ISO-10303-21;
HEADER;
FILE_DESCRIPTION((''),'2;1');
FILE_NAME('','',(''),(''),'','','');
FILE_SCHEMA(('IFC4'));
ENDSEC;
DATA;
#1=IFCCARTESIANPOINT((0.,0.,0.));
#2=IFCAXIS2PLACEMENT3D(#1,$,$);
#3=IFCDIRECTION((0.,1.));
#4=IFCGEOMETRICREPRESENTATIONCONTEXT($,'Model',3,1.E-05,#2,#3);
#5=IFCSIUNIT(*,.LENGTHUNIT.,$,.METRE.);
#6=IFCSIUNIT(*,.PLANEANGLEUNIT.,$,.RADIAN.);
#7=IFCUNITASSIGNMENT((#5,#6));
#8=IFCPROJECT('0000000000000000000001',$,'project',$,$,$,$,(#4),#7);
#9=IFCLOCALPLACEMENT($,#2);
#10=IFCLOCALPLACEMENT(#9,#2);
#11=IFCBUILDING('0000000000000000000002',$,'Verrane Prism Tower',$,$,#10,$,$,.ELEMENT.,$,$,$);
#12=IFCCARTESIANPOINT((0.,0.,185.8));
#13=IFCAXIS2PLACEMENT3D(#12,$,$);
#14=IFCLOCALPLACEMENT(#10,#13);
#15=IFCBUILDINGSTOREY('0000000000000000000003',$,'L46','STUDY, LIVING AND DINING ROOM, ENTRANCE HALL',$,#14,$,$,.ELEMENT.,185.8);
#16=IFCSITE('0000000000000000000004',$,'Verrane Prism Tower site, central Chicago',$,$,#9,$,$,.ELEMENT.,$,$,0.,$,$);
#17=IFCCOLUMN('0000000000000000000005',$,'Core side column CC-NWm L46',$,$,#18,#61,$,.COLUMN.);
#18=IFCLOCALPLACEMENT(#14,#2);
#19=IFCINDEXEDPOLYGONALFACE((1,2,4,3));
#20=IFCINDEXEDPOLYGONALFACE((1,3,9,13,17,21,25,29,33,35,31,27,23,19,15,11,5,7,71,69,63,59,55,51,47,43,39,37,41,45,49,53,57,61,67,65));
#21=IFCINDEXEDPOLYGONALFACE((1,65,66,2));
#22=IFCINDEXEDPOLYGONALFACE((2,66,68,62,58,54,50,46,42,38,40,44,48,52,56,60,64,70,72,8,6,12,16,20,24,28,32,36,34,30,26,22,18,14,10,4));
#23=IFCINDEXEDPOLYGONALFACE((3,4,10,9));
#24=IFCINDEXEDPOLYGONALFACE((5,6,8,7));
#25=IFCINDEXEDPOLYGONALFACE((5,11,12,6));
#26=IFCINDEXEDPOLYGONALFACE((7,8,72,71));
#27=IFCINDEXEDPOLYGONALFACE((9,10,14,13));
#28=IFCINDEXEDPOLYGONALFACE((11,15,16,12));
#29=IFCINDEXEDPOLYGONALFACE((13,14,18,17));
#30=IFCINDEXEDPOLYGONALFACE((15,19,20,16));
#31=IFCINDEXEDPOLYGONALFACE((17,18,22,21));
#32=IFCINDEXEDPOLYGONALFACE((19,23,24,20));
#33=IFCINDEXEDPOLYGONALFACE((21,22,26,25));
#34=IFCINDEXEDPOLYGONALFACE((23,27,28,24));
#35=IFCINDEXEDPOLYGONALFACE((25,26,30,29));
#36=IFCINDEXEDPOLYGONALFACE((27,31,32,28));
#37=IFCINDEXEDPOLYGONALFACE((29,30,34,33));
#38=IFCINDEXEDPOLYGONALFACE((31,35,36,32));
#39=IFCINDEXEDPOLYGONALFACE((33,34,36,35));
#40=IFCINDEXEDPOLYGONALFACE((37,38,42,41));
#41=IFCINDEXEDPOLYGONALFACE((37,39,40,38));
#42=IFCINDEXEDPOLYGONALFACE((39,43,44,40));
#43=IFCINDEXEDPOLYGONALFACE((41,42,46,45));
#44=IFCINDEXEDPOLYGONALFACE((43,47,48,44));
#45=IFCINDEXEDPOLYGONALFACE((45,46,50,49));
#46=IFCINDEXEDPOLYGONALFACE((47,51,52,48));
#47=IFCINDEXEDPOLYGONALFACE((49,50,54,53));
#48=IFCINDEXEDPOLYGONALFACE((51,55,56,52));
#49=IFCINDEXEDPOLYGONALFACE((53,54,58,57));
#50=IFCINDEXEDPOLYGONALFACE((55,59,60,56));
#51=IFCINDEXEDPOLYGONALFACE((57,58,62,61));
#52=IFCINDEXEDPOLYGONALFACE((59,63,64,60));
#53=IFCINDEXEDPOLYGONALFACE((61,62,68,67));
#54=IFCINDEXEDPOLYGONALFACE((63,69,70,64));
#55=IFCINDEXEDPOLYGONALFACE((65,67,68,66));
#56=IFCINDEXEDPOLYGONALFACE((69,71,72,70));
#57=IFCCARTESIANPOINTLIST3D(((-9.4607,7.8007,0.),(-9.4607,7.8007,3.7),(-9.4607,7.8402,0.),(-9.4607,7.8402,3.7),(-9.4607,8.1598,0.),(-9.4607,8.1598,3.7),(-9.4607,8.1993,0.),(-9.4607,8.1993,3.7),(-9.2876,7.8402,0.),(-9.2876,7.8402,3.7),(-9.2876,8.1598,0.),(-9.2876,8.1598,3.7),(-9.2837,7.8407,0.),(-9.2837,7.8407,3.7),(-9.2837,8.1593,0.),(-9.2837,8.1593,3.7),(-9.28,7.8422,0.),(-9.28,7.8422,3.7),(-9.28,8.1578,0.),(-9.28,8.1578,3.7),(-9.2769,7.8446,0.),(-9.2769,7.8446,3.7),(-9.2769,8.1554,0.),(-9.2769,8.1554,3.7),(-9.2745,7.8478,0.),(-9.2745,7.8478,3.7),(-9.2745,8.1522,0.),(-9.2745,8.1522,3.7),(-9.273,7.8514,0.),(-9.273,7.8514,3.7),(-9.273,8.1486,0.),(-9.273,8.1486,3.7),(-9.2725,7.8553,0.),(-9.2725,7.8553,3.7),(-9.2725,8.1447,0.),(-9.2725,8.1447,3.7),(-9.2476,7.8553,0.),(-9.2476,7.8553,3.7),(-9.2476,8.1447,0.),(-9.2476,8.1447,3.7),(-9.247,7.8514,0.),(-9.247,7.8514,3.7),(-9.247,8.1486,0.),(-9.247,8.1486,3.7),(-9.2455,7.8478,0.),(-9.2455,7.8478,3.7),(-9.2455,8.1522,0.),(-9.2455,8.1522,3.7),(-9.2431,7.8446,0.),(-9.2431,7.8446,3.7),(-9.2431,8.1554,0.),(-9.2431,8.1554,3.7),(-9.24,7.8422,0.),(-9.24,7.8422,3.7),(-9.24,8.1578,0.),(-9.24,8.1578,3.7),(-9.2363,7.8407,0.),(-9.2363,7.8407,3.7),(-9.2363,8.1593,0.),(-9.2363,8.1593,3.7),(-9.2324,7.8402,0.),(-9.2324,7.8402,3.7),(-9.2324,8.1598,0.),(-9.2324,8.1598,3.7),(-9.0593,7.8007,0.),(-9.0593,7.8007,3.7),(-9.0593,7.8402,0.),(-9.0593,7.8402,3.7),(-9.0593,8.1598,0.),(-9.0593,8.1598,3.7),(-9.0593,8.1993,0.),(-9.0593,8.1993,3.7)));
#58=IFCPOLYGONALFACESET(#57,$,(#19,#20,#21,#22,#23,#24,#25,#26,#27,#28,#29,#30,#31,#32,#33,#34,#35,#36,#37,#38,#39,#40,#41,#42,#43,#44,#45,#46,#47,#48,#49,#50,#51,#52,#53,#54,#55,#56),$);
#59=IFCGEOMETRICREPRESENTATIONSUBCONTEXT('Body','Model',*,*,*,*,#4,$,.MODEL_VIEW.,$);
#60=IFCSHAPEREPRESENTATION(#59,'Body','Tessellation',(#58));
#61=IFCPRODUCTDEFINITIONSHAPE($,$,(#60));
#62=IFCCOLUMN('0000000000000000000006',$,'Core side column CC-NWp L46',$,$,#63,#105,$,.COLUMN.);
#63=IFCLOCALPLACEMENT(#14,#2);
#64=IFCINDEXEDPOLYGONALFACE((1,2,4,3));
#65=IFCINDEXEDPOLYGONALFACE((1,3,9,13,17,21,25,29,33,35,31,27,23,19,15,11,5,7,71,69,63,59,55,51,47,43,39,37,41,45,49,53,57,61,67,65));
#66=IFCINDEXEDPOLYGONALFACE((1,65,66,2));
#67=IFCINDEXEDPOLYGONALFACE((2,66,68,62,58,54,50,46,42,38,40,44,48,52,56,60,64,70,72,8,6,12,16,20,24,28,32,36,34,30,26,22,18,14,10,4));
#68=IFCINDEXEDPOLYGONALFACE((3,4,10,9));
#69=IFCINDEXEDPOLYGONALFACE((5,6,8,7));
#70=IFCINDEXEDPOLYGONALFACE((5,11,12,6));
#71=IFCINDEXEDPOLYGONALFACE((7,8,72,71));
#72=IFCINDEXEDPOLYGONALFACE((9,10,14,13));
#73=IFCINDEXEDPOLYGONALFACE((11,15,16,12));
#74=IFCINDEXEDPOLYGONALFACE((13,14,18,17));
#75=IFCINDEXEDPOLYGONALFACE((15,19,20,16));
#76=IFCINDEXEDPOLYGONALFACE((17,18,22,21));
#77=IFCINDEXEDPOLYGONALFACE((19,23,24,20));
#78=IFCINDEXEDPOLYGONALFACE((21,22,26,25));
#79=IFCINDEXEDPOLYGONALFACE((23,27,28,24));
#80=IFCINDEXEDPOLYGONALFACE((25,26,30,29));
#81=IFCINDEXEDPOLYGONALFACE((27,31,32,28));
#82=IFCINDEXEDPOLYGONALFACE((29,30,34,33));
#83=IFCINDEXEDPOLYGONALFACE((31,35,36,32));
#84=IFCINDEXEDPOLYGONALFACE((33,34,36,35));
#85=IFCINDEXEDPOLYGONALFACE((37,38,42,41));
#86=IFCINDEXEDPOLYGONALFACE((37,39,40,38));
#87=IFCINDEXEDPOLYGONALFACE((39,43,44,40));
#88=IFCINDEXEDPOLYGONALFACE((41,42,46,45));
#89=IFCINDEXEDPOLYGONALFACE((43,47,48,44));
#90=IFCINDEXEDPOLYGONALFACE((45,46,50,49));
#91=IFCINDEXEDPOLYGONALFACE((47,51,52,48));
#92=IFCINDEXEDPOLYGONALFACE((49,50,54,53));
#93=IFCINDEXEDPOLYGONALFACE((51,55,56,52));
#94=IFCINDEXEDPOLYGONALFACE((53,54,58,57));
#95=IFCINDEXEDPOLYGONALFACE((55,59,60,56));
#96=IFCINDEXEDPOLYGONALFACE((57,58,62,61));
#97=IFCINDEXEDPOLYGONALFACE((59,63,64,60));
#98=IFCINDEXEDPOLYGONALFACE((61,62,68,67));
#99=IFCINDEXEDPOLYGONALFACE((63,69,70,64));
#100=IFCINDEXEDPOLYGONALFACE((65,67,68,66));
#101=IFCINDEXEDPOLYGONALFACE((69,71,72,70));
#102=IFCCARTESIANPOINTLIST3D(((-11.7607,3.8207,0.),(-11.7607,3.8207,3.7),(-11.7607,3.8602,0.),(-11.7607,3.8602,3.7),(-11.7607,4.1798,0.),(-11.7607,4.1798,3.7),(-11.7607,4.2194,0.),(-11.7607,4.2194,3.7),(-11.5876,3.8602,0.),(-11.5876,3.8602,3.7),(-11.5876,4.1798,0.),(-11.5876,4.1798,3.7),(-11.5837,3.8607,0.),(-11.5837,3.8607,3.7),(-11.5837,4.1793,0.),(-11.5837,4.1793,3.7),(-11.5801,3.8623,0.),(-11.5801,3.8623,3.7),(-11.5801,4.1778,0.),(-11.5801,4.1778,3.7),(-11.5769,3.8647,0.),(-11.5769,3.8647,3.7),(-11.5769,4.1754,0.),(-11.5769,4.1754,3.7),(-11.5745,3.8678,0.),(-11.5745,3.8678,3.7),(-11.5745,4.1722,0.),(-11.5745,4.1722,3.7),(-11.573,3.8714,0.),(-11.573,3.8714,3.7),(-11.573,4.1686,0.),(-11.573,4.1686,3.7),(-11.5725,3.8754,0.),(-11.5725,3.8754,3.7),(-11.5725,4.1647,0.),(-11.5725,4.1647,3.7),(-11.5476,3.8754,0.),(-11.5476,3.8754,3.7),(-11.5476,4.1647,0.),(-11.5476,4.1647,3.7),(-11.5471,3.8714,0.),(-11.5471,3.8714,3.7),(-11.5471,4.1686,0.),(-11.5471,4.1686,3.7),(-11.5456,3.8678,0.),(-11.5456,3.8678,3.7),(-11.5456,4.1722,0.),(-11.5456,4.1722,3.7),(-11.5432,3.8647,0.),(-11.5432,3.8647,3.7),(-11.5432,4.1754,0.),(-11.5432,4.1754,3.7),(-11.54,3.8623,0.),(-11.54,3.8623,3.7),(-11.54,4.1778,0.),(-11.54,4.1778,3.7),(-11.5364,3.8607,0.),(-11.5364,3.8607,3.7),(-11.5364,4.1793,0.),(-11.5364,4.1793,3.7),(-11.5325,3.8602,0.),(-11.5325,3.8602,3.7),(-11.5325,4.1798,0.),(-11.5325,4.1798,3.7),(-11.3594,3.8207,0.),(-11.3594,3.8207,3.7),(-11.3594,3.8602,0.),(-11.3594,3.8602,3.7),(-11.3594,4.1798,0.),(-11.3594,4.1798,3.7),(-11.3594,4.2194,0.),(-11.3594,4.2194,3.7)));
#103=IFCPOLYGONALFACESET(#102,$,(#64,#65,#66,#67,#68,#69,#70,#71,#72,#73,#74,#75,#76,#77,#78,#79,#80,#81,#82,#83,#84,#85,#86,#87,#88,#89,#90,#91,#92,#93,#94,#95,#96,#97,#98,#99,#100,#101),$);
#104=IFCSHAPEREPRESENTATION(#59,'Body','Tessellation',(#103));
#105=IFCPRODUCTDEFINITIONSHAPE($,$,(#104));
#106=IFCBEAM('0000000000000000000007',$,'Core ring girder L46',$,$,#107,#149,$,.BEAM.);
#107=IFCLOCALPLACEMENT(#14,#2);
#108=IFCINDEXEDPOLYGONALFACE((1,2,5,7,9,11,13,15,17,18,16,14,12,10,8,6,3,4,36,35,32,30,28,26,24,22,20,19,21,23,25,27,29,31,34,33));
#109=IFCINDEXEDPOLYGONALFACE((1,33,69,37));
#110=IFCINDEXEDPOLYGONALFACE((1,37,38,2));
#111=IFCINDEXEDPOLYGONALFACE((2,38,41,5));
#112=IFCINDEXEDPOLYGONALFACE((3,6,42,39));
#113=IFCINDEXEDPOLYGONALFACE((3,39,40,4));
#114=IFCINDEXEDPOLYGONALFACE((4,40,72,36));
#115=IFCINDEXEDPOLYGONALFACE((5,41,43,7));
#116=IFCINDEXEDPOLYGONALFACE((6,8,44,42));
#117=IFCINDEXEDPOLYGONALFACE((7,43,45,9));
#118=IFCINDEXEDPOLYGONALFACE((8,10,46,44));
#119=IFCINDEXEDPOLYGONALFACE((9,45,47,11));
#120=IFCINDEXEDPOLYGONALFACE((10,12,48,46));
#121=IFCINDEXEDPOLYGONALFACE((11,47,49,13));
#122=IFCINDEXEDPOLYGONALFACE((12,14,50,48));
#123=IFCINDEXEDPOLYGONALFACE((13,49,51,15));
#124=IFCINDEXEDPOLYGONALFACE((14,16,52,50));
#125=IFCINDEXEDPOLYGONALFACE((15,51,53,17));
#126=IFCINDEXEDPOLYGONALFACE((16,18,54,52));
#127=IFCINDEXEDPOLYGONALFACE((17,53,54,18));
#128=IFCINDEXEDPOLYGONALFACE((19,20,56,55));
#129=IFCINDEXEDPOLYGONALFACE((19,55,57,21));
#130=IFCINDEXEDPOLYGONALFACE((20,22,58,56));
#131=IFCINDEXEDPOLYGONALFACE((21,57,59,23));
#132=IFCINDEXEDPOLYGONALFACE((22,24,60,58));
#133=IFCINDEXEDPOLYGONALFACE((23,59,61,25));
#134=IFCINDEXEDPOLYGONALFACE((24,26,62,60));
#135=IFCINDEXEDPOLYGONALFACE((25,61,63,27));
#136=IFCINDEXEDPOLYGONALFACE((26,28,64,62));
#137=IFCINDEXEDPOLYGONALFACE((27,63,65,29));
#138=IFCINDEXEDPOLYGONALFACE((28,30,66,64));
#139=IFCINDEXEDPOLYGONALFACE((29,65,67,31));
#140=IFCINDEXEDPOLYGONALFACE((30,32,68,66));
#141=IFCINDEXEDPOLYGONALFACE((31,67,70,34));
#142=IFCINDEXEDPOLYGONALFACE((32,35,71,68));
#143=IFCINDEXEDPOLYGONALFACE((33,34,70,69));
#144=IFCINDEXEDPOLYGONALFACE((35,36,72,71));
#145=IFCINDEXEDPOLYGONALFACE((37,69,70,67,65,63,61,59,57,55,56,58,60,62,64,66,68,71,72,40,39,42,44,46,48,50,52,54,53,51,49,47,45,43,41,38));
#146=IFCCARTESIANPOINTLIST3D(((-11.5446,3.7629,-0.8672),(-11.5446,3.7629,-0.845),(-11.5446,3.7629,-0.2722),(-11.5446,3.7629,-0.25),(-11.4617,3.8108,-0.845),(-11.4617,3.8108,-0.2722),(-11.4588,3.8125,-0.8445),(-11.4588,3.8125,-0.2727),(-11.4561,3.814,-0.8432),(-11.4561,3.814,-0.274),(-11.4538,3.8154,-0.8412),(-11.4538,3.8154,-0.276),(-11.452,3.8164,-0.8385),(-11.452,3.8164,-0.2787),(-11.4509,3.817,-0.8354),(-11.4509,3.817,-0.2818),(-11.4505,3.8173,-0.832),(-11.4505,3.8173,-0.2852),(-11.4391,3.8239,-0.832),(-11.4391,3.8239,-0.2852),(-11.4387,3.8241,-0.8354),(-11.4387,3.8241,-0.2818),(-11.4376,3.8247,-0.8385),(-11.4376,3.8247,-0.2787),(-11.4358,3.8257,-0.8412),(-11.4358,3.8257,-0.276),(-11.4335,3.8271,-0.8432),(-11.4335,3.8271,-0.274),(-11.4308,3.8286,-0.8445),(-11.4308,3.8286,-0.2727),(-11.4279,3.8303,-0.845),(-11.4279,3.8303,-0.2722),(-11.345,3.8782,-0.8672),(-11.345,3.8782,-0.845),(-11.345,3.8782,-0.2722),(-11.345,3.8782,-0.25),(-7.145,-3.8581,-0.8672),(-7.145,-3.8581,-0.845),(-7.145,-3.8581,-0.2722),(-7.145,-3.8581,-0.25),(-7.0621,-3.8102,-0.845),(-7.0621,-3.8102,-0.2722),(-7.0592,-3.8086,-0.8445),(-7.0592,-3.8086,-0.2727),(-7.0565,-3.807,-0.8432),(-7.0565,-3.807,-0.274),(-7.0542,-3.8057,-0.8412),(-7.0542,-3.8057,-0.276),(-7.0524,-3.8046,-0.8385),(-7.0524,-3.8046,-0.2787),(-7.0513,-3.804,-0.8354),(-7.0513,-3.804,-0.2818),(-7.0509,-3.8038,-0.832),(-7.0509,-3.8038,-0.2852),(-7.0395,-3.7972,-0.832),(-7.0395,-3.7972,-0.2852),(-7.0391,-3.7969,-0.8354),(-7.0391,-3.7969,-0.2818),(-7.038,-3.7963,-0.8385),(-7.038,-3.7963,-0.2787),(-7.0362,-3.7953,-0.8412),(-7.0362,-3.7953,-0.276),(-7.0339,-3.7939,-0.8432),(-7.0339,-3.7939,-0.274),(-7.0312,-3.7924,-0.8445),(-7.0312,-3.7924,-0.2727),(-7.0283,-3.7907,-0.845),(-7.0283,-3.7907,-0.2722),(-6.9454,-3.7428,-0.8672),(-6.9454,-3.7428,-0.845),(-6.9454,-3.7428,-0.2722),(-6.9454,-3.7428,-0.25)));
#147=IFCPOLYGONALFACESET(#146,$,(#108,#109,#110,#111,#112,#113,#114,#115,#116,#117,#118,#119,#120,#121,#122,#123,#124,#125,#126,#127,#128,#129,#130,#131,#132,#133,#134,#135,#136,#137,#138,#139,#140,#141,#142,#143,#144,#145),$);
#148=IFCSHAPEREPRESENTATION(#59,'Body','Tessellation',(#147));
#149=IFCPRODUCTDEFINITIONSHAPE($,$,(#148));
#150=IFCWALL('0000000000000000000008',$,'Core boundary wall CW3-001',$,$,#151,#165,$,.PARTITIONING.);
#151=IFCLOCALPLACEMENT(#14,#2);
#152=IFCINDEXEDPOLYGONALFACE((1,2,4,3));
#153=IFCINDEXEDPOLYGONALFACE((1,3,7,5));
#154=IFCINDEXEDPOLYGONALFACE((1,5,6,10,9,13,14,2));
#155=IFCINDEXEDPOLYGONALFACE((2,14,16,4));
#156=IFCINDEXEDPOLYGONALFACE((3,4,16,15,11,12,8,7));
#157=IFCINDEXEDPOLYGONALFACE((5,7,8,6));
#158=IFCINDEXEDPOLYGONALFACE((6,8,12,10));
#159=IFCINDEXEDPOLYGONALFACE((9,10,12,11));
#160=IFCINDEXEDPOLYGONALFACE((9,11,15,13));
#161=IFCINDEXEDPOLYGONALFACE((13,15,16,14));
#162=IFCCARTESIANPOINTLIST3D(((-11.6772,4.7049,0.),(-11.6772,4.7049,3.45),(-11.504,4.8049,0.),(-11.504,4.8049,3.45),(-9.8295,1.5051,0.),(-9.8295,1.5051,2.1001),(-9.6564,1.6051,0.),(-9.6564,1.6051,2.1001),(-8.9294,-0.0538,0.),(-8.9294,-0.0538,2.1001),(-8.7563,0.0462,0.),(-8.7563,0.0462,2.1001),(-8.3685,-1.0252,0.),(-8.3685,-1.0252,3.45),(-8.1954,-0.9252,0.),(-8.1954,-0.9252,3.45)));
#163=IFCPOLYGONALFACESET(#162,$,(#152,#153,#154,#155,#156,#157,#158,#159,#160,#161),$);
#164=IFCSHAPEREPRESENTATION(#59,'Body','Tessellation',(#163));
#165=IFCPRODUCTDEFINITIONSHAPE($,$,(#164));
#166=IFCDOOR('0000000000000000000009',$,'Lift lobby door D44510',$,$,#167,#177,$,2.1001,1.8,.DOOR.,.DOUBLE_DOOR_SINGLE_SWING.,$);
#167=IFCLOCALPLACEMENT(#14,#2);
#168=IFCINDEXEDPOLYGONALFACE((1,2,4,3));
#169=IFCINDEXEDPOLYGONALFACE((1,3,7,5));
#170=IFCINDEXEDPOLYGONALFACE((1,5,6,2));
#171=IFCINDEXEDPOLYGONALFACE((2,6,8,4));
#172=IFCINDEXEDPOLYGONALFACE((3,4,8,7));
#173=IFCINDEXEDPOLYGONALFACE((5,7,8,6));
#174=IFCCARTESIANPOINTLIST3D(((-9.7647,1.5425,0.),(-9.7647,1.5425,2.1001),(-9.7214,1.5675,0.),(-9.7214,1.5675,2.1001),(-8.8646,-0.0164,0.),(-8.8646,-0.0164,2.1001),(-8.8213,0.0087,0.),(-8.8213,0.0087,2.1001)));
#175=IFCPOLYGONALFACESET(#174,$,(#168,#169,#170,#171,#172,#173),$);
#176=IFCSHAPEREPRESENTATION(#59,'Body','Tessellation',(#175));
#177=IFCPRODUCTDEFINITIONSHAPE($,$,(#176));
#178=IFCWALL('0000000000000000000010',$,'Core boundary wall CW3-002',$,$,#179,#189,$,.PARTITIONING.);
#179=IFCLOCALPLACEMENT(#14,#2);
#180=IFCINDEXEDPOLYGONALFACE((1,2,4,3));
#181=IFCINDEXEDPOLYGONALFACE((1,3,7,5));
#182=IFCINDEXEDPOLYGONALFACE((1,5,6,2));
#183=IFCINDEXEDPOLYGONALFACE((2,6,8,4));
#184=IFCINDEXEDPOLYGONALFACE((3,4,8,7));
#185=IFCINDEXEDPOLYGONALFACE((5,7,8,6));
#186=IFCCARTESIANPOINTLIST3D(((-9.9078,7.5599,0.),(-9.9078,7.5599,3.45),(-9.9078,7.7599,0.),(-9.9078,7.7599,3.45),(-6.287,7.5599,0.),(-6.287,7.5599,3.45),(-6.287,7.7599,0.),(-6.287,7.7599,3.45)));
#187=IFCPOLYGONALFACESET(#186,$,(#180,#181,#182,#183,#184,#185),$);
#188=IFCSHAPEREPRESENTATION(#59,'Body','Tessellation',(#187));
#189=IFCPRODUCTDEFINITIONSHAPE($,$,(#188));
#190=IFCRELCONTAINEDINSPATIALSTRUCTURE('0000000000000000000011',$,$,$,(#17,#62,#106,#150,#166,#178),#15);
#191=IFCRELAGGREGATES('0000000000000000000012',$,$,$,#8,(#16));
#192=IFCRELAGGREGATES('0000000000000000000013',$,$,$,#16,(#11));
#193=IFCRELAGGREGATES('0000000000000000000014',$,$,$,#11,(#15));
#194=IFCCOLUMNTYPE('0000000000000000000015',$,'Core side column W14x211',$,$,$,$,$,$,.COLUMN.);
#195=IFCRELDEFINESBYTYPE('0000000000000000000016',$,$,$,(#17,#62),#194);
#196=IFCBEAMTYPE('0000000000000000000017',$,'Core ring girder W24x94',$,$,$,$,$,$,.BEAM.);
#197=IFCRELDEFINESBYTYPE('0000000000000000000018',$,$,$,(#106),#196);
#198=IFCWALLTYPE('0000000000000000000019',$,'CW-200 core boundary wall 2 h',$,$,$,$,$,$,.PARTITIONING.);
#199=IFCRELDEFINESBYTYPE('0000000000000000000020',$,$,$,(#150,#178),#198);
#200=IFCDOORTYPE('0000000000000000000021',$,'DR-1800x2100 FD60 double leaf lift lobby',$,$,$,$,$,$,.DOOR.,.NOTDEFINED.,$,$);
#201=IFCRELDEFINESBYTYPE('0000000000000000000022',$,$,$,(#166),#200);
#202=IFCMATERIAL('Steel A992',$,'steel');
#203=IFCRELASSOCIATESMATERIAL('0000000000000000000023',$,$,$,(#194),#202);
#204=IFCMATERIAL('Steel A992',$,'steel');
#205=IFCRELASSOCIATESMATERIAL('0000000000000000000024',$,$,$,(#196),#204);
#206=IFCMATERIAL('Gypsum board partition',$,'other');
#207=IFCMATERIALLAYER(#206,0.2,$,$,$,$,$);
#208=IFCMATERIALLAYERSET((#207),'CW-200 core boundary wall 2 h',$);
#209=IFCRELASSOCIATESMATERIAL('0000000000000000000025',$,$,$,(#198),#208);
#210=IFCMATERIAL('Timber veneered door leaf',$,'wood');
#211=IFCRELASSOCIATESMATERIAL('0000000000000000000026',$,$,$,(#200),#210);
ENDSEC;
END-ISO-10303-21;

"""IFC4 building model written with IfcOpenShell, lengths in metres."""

from ifc_helpers import new_model, si_unit, direction, frame, frame_2d, origin, origin_2d, place, context, subcontext, project, spatial, rectangle, i_section, extrude, material, layer, layer_set, material_profile, profile_set, type_object, element, fill, save


model = new_model("IFC4")

# Units and contexts
model_context = context("Model", 3, precision=1e-05, world=origin(), true_north=direction((0.0, 1.0)))
body_context = subcontext(model_context, "Body", "Model", "MODEL_VIEW")
ifc_project = project(units=[si_unit("LENGTHUNIT", "METRE"), si_unit("PLANEANGLEUNIT", "RADIAN")], contexts=[model_context])

# Site, building, storey
site_placement = place(None, origin())
site = spatial("IfcSite", under=ifc_project, at=site_placement, Name="Verrane Prism Tower site, central Chicago", CompositionType="ELEMENT", RefElevation=0.0)
building_placement = place(site_placement, origin())
building = spatial("IfcBuilding", under=site, at=building_placement, Name="Verrane Prism Tower", CompositionType="ELEMENT")
storey_placement = place(building_placement, frame((0.0, 0.0, 185.8)))
storey = spatial("IfcBuildingStorey", under=building, at=storey_placement, Name="L46", Description="STUDY, LIVING AND DINING ROOM, ENTRANCE HALL", CompositionType="ELEMENT", Elevation=185.8)

# Columns
ifc_material_1 = material(Name="Steel A992", Category="steel")
ifc_material_profile_1 = material_profile(ifc_material_1, i_section(OverallWidth=0.4014, OverallDepth=0.3987, WebThickness=0.0249, FlangeThickness=0.0396, FilletRadius=0.0151, at=origin_2d()), Name="W14x211")
ifc_profile_set_1 = profile_set([ifc_material_profile_1], Name="Steel A992")
column_type = type_object("IfcColumnType", Name="Core side column W14x211", PredefinedType="COLUMN", material=ifc_profile_set_1)
for number, where, z_axis, x_axis, name in (
    (1, (-9.26, 8.0, 0.0), (0.0, 0.0, 1.0), (1.0, 0.0, 0.0), "Core side column CC-NWm L46"),
    (2, (-11.5601, 4.02, 0.0), (0.0, 0.0, 1.0), (1.0, 0.0, 0.0), "Core side column CC-NWp L46"),
):
    element("IfcColumn", number, at=place(storey_placement, frame(where, z_axis=z_axis, x_axis=x_axis)), inside=storey, type_object=column_type, Name=name, PredefinedType="COLUMN", context=body_context, shape_type="SweptSolid", body=[
        extrude(i_section(OverallWidth=0.4014, OverallDepth=0.3987, WebThickness=0.0249, FlangeThickness=0.0396, FilletRadius=0.0151, at=origin_2d()), origin(), (0.0, 0.0, 1.0), 3.7),
    ])

# Beam
ifc_material_2 = material(Name="Steel A992", Category="steel")
ifc_material_profile_2 = material_profile(ifc_material_2, i_section(OverallWidth=0.2305, OverallDepth=0.6172, WebThickness=0.0132, FlangeThickness=0.0222, FilletRadius=0.0129, at=origin_2d()), Name="W24x94")
ifc_profile_set_2 = profile_set([ifc_material_profile_2], Name="Steel A992")
beam_type = type_object("IfcBeamType", Name="Core ring girder W24x94", PredefinedType="BEAM", material=ifc_profile_set_2)
beam_placement = place(storey_placement, frame((-11.4448, 3.8206, -0.5586), z_axis=(0.499967, -0.866044, 0.0), x_axis=(0.866044, 0.499967, 0.0)))
element("IfcBeam", 3, at=beam_placement, inside=storey, type_object=beam_type, Name="Core ring girder L46", PredefinedType="BEAM", context=body_context, shape_type="SweptSolid", body=[
    extrude(i_section(OverallWidth=0.2305, OverallDepth=0.6172, WebThickness=0.0132, FlangeThickness=0.0222, FilletRadius=0.0129, at=origin_2d()), origin(), (0.0, 0.0, 1.0), 8.7998),
])

# Wall, opening, door
ifc_material_3 = material(Name="Gypsum board partition", Category="other")
ifc_layer_1 = layer(ifc_material_3, 0.2)
ifc_layer_set_1 = layer_set([ifc_layer_1], Name="CW-200 core boundary wall 2 h")
wall_type_1 = type_object("IfcWallType", Name="CW-200 core boundary wall 2 h", PredefinedType="PARTITIONING", material=ifc_layer_set_1)
wall_1_placement = place(storey_placement, frame((-11.5906, 4.7549, 0.0), z_axis=(0.0, 0.0, 1.0), x_axis=(0.500044, -0.866, 0.0)))
wall_1 = element("IfcWall", 4, at=wall_1_placement, inside=storey, type_object=wall_type_1, Name="Core boundary wall CW3-001", PredefinedType="PARTITIONING", context=body_context, shape_type="SweptSolid", body=[
    extrude(rectangle(XDim=6.6167, YDim=0.2, at=frame_2d((3.3083, 0.0))), origin(), (0.0, 0.0, 1.0), 3.45),
])
opening_1_placement = place(wall_1_placement, frame((3.6951, 0.0, 0.0)))
opening_1 = element("IfcOpeningElement", 5, at=opening_1_placement, cuts=wall_1, PredefinedType="OPENING", context=body_context, shape_type="SweptSolid", body=[
    extrude(rectangle(XDim=1.8, YDim=2.1001, at=frame_2d((0.8999, 1.05))), frame((0.0, 0.1099, 0.0), z_axis=(0.0, -1.0, 0.0), x_axis=(1.0, 0.0, 0.0)), (0.0, 0.0, 1.0), 0.22),
])
ifc_material_4 = material(Name="Timber veneered door leaf", Category="wood")
door_type_1 = type_object("IfcDoorType", Name="DR-1800x2100 FD60 double leaf lift lobby", OperationType="NOTDEFINED", PredefinedType="DOOR", material=ifc_material_4)
door_1_placement = place(opening_1_placement, origin())
door_1 = element("IfcDoor", 6, at=door_1_placement, inside=storey, type_object=door_type_1, Name="Lift lobby door D44510", OperationType="DOUBLE_DOOR_SINGLE_SWING", OverallHeight=2.1001, OverallWidth=1.8, PredefinedType="DOOR", context=body_context, shape_type="SweptSolid", body=[
    extrude(rectangle(XDim=1.8, YDim=2.1001, at=frame_2d((0.8999, 1.05))), frame((0.0, 0.0249, 0.0), z_axis=(0.0, -1.0, 0.0), x_axis=(1.0, 0.0, 0.0)), (0.0, 0.0, 1.0), 0.05),
])
fill(opening_1, door_1)

# Wall
wall_2_placement = place(storey_placement, frame((-9.908, 7.6599, 0.0), z_axis=(0.0, 0.0, 1.0), x_axis=(1.0, 0.0, 0.0)))
element("IfcWall", 7, at=wall_2_placement, inside=storey, type_object=wall_type_1, Name="Core boundary wall CW3-002", PredefinedType="PARTITIONING", context=body_context, shape_type="SweptSolid", body=[
    extrude(rectangle(XDim=3.6208, YDim=0.2, at=frame_2d((1.8105, 0.0))), origin(), (0.0, 0.0, 1.0), 3.45),
])

save(model, "model.ifc")
